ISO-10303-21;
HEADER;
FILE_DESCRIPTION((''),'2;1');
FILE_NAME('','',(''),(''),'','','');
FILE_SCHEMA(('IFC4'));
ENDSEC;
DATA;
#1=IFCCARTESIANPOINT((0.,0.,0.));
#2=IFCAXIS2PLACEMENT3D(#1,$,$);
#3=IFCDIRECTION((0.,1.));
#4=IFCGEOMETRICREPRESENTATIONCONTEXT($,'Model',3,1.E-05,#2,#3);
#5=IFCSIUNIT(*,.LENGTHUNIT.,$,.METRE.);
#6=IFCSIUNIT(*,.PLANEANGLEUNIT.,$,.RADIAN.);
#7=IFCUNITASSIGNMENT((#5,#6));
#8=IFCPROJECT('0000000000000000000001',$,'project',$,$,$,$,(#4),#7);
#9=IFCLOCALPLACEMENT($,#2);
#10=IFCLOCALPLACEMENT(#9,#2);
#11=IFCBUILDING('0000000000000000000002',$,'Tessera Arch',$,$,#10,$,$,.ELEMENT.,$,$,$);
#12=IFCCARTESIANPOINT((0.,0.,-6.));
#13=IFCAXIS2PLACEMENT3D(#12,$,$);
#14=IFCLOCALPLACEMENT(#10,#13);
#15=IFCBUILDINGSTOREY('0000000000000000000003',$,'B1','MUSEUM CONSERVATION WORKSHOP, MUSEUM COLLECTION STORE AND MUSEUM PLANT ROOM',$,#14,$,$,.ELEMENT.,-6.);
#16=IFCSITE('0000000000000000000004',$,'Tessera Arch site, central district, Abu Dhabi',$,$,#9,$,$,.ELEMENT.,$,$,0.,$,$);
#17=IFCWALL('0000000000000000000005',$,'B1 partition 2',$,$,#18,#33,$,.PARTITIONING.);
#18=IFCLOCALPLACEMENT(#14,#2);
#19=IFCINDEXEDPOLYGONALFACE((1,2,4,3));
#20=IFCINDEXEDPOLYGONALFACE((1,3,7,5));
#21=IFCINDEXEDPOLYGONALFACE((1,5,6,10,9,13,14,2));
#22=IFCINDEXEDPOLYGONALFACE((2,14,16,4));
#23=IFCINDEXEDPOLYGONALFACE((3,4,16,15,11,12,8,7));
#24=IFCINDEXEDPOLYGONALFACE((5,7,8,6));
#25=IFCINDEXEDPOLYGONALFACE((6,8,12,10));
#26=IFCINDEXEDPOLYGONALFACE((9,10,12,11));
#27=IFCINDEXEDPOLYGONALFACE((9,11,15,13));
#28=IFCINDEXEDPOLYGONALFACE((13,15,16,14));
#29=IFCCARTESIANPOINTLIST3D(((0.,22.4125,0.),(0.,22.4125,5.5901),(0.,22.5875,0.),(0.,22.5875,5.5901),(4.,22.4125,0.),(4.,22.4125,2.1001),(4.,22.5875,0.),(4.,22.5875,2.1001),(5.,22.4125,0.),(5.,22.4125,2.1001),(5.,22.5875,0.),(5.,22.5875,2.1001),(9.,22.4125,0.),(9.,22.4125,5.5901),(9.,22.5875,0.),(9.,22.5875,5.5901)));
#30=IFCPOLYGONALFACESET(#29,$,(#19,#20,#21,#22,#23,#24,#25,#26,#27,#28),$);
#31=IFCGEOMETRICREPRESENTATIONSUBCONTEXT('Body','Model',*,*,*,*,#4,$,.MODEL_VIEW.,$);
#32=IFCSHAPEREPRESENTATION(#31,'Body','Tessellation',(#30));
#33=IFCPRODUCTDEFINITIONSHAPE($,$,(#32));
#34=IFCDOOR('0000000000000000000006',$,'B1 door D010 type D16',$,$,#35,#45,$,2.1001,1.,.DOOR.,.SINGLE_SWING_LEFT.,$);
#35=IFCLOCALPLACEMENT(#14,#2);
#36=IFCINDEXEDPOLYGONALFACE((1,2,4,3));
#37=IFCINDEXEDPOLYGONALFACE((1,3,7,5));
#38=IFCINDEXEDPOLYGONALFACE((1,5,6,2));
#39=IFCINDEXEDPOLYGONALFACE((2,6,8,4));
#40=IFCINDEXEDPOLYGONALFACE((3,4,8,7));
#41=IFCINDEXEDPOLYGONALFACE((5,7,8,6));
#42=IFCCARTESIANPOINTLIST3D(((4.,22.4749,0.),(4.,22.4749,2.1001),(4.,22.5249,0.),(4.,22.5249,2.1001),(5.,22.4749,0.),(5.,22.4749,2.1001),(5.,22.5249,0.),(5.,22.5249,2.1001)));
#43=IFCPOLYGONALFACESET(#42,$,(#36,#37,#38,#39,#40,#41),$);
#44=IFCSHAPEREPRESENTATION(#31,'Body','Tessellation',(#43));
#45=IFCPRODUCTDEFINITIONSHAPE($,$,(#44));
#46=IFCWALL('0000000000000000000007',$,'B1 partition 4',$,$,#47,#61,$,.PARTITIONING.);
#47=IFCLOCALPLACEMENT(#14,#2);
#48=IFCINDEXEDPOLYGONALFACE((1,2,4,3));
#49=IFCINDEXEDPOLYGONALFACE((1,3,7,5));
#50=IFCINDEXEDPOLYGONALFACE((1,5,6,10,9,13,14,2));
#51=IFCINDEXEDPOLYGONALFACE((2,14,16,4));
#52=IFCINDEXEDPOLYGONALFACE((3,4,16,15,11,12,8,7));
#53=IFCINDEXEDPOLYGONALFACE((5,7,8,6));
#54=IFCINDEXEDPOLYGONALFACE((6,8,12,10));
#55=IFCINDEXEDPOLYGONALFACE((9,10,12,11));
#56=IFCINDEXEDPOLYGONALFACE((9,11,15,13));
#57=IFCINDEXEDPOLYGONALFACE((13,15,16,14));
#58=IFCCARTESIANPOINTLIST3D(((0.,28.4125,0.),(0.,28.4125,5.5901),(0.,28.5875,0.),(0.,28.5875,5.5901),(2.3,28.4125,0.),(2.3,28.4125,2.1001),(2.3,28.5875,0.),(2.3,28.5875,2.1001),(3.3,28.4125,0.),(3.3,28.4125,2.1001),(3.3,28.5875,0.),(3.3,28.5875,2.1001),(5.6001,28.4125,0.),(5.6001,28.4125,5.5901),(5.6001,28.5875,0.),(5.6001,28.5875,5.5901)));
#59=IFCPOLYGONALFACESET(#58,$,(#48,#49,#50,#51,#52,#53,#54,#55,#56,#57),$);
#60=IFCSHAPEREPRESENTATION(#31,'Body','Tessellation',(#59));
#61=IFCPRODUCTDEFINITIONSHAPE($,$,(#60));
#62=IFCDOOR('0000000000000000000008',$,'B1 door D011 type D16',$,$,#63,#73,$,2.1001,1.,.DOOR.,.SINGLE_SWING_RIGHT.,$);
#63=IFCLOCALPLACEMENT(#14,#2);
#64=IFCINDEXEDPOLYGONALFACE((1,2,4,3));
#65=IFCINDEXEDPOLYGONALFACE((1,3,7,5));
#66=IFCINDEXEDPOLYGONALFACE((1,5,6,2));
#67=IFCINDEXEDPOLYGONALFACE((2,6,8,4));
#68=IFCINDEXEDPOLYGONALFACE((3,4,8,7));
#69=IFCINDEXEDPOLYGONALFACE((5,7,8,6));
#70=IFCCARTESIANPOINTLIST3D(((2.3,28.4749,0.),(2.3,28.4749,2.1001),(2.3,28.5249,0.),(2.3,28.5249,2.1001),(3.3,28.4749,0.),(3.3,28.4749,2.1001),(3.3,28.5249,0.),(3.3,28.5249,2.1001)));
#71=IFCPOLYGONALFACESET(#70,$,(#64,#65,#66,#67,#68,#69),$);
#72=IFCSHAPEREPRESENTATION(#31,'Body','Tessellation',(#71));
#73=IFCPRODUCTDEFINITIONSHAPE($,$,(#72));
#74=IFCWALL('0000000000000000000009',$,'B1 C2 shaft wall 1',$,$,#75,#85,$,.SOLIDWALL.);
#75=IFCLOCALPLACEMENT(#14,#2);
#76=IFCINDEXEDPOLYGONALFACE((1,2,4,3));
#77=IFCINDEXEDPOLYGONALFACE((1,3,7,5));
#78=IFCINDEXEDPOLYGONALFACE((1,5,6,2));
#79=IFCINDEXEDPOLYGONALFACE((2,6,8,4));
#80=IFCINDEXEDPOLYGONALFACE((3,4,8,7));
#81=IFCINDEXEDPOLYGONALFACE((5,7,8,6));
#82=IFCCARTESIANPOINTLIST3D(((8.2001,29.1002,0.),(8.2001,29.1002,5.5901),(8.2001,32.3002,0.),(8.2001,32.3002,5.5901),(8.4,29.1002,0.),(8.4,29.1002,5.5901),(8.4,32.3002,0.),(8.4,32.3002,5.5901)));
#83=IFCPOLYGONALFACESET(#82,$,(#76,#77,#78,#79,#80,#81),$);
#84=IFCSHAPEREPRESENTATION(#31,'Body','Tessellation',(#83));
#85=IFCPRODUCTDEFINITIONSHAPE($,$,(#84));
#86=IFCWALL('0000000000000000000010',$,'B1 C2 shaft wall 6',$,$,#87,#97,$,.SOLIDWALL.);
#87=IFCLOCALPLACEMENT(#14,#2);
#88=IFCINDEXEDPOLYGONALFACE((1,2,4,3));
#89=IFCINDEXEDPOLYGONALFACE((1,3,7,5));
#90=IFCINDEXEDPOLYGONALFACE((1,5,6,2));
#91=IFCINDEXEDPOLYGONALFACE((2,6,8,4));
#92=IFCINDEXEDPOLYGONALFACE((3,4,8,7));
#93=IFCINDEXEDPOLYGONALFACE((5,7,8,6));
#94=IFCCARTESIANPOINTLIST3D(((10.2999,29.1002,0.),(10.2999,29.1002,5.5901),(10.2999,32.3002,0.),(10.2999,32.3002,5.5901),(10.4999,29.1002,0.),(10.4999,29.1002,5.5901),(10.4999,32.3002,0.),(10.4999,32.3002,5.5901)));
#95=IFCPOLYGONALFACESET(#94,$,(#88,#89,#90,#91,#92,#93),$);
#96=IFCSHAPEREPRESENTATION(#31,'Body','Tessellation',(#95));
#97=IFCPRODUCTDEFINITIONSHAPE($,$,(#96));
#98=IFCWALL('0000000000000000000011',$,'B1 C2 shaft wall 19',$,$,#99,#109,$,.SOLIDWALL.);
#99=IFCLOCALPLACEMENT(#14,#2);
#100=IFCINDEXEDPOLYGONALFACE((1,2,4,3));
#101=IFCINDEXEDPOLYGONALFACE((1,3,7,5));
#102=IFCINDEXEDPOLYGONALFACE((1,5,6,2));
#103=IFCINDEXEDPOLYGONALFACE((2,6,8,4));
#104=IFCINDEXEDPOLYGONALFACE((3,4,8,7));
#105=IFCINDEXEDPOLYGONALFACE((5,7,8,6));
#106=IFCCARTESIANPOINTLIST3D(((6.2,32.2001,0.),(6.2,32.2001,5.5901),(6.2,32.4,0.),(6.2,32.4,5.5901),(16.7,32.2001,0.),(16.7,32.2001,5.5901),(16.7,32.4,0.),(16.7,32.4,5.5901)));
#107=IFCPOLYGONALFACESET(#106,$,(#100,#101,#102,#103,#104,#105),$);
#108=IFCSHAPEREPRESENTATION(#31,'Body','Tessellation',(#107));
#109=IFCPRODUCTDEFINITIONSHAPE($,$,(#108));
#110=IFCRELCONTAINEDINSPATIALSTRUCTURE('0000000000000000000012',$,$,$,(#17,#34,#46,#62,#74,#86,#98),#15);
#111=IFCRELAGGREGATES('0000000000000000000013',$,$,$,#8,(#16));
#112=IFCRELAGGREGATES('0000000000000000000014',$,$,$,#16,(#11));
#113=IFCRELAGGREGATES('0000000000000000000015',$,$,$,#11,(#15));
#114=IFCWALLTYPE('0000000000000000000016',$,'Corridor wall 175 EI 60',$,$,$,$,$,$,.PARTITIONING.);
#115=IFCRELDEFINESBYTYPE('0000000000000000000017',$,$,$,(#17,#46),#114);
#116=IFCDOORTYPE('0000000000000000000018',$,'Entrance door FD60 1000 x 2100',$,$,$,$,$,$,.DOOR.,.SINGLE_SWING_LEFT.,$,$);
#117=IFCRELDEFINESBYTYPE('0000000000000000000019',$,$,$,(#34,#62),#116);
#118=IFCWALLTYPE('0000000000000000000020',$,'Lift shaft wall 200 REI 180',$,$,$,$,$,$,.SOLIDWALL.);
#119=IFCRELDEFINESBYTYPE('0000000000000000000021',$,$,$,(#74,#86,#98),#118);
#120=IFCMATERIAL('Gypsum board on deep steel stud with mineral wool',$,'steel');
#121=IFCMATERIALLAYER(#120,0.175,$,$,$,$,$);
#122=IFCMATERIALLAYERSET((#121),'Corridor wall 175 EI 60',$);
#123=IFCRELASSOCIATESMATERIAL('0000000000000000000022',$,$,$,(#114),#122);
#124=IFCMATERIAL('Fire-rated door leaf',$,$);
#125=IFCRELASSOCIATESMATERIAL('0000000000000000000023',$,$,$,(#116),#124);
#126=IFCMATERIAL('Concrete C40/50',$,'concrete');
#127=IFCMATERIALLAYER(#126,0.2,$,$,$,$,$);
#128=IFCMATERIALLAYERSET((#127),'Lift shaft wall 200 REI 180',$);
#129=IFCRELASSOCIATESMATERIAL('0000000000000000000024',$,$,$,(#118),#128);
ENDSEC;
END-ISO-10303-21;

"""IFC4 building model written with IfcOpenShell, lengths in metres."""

from ifc_helpers import new_model, si_unit, direction, frame, frame_2d, origin, place, context, subcontext, project, spatial, rectangle, extrude, material, layer, layer_set, type_object, element, fill, save


model = new_model("IFC4")

# Units and contexts
model_context = context("Model", 3, precision=1e-05, world=origin(), true_north=direction((0.0, 1.0)))
body_context = subcontext(model_context, "Body", "Model", "MODEL_VIEW")
ifc_project = project(units=[si_unit("LENGTHUNIT", "METRE"), si_unit("PLANEANGLEUNIT", "RADIAN")], contexts=[model_context])

# Site, building, storey
site_placement = place(None, origin())
site = spatial("IfcSite", under=ifc_project, at=site_placement, Name="Tessera Arch site, central district, Abu Dhabi", CompositionType="ELEMENT", RefElevation=0.0)
building_placement = place(site_placement, origin())
building = spatial("IfcBuilding", under=site, at=building_placement, Name="Tessera Arch", CompositionType="ELEMENT")
storey_placement = place(building_placement, frame((0.0, 0.0, -6.0)))
storey = spatial("IfcBuildingStorey", under=building, at=storey_placement, Name="B1", Description="MUSEUM CONSERVATION WORKSHOP, MUSEUM COLLECTION STORE AND MUSEUM PLANT ROOM", CompositionType="ELEMENT", Elevation=-6.0)

# Walls, openings, doors
ifc_material_1 = material(Name="Gypsum board on deep steel stud with mineral wool", Category="steel")
ifc_layer_1 = layer(ifc_material_1, 0.175)
ifc_layer_set_1 = layer_set([ifc_layer_1], Name="Corridor wall 175 EI 60")
wall_type_1 = type_object("IfcWallType", Name="Corridor wall 175 EI 60", PredefinedType="PARTITIONING", material=ifc_layer_set_1)
wall_1_placement = place(storey_placement, frame((0.0, 22.5, 0.0), z_axis=(0.0, 0.0, 1.0), x_axis=(1.0, 0.0, 0.0)))
wall_1 = element("IfcWall", 1, at=wall_1_placement, inside=storey, type_object=wall_type_1, Name="B1 partition 2", PredefinedType="PARTITIONING", context=body_context, shape_type="SweptSolid", body=[
    extrude(rectangle(XDim=9.0, YDim=0.175, at=frame_2d((4.5, 0.0))), origin(), (0.0, 0.0, 1.0), 5.5901),
])
opening_1_placement = place(wall_1_placement, frame((4.0, 0.0, 0.0)))
opening_1 = element("IfcOpeningElement", 2, at=opening_1_placement, cuts=wall_1, PredefinedType="OPENING", context=body_context, shape_type="SweptSolid", body=[
    extrude(rectangle(XDim=1.0, YDim=2.1001, at=frame_2d((0.5, 1.05))), frame((0.0, 0.0974, 0.0), z_axis=(0.0, -1.0, 0.0), x_axis=(1.0, 0.0, 0.0)), (0.0, 0.0, 1.0), 0.1951),
])
ifc_material_2 = material(Name="Fire-rated door leaf")
door_type_1 = type_object("IfcDoorType", Name="Entrance door FD60 1000 x 2100", OperationType="SINGLE_SWING_LEFT", PredefinedType="DOOR", material=ifc_material_2)
door_1_placement = place(opening_1_placement, origin())
door_1 = element("IfcDoor", 3, at=door_1_placement, inside=storey, type_object=door_type_1, Name="B1 door D010 type D16", OperationType="SINGLE_SWING_LEFT", OverallHeight=2.1001, OverallWidth=1.0, PredefinedType="DOOR", context=body_context, shape_type="SweptSolid", body=[
    extrude(rectangle(XDim=1.0, YDim=2.1001, at=frame_2d((0.5, 1.05))), frame((0.0, 0.0249, 0.0), z_axis=(0.0, -1.0, 0.0), x_axis=(1.0, 0.0, 0.0)), (0.0, 0.0, 1.0), 0.05),
])
fill(opening_1, door_1)
wall_2_placement = place(storey_placement, frame((0.0, 28.5, 0.0), z_axis=(0.0, 0.0, 1.0), x_axis=(1.0, 0.0, 0.0)))
wall_2 = element("IfcWall", 4, at=wall_2_placement, inside=storey, type_object=wall_type_1, Name="B1 partition 4", PredefinedType="PARTITIONING", context=body_context, shape_type="SweptSolid", body=[
    extrude(rectangle(XDim=5.6001, YDim=0.175, at=frame_2d((2.8, 0.0))), origin(), (0.0, 0.0, 1.0), 5.5901),
])
opening_2_placement = place(wall_2_placement, frame((2.3, 0.0, 0.0)))
opening_2 = element("IfcOpeningElement", 5, at=opening_2_placement, cuts=wall_2, PredefinedType="OPENING", context=body_context, shape_type="SweptSolid", body=[
    extrude(rectangle(XDim=1.0, YDim=2.1001, at=frame_2d((0.5, 1.05))), frame((0.0, 0.0974, 0.0), z_axis=(0.0, -1.0, 0.0), x_axis=(1.0, 0.0, 0.0)), (0.0, 0.0, 1.0), 0.1951),
])
door_2_placement = place(opening_2_placement, origin())
door_2 = element("IfcDoor", 6, at=door_2_placement, inside=storey, type_object=door_type_1, Name="B1 door D011 type D16", OperationType="SINGLE_SWING_RIGHT", OverallHeight=2.1001, OverallWidth=1.0, PredefinedType="DOOR", context=body_context, shape_type="SweptSolid", body=[
    extrude(rectangle(XDim=1.0, YDim=2.1001, at=frame_2d((0.5, 1.05))), frame((0.0, 0.0249, 0.0), z_axis=(0.0, -1.0, 0.0), x_axis=(1.0, 0.0, 0.0)), (0.0, 0.0, 1.0), 0.05),
])
fill(opening_2, door_2)

# Walls
ifc_material_3 = material(Name="Concrete C40/50", Category="concrete")
ifc_layer_2 = layer(ifc_material_3, 0.2)
ifc_layer_set_2 = layer_set([ifc_layer_2], Name="Lift shaft wall 200 REI 180")
wall_type_2 = type_object("IfcWallType", Name="Lift shaft wall 200 REI 180", PredefinedType="SOLIDWALL", material=ifc_layer_set_2)
for number, where, z_axis, x_axis, name in (
    (7, (8.3, 29.1001, 0.0), (0.0, 0.0, 1.0), (0.0, 1.0, 0.0), "B1 C2 shaft wall 1"),
    (8, (10.3999, 29.1001, 0.0), (0.0, 0.0, 1.0), (0.0, 1.0, 0.0), "B1 C2 shaft wall 6"),
):
    element("IfcWall", number, at=place(storey_placement, frame(where, z_axis=z_axis, x_axis=x_axis)), inside=storey, type_object=wall_type_2, Name=name, PredefinedType="SOLIDWALL", context=body_context, shape_type="SweptSolid", body=[
        extrude(rectangle(XDim=3.2, YDim=0.2, at=frame_2d((1.6001, 0.0))), origin(), (0.0, 0.0, 1.0), 5.5901),
    ])
wall_3_placement = place(storey_placement, frame((6.2, 32.3, 0.0), z_axis=(0.0, 0.0, 1.0), x_axis=(1.0, 0.0, 0.0)))
element("IfcWall", 9, at=wall_3_placement, inside=storey, type_object=wall_type_2, Name="B1 C2 shaft wall 19", PredefinedType="SOLIDWALL", context=body_context, shape_type="SweptSolid", body=[
    extrude(rectangle(XDim=10.5, YDim=0.2, at=frame_2d((5.25, 0.0))), origin(), (0.0, 0.0, 1.0), 5.5901),
])

save(model, "model.ifc")
